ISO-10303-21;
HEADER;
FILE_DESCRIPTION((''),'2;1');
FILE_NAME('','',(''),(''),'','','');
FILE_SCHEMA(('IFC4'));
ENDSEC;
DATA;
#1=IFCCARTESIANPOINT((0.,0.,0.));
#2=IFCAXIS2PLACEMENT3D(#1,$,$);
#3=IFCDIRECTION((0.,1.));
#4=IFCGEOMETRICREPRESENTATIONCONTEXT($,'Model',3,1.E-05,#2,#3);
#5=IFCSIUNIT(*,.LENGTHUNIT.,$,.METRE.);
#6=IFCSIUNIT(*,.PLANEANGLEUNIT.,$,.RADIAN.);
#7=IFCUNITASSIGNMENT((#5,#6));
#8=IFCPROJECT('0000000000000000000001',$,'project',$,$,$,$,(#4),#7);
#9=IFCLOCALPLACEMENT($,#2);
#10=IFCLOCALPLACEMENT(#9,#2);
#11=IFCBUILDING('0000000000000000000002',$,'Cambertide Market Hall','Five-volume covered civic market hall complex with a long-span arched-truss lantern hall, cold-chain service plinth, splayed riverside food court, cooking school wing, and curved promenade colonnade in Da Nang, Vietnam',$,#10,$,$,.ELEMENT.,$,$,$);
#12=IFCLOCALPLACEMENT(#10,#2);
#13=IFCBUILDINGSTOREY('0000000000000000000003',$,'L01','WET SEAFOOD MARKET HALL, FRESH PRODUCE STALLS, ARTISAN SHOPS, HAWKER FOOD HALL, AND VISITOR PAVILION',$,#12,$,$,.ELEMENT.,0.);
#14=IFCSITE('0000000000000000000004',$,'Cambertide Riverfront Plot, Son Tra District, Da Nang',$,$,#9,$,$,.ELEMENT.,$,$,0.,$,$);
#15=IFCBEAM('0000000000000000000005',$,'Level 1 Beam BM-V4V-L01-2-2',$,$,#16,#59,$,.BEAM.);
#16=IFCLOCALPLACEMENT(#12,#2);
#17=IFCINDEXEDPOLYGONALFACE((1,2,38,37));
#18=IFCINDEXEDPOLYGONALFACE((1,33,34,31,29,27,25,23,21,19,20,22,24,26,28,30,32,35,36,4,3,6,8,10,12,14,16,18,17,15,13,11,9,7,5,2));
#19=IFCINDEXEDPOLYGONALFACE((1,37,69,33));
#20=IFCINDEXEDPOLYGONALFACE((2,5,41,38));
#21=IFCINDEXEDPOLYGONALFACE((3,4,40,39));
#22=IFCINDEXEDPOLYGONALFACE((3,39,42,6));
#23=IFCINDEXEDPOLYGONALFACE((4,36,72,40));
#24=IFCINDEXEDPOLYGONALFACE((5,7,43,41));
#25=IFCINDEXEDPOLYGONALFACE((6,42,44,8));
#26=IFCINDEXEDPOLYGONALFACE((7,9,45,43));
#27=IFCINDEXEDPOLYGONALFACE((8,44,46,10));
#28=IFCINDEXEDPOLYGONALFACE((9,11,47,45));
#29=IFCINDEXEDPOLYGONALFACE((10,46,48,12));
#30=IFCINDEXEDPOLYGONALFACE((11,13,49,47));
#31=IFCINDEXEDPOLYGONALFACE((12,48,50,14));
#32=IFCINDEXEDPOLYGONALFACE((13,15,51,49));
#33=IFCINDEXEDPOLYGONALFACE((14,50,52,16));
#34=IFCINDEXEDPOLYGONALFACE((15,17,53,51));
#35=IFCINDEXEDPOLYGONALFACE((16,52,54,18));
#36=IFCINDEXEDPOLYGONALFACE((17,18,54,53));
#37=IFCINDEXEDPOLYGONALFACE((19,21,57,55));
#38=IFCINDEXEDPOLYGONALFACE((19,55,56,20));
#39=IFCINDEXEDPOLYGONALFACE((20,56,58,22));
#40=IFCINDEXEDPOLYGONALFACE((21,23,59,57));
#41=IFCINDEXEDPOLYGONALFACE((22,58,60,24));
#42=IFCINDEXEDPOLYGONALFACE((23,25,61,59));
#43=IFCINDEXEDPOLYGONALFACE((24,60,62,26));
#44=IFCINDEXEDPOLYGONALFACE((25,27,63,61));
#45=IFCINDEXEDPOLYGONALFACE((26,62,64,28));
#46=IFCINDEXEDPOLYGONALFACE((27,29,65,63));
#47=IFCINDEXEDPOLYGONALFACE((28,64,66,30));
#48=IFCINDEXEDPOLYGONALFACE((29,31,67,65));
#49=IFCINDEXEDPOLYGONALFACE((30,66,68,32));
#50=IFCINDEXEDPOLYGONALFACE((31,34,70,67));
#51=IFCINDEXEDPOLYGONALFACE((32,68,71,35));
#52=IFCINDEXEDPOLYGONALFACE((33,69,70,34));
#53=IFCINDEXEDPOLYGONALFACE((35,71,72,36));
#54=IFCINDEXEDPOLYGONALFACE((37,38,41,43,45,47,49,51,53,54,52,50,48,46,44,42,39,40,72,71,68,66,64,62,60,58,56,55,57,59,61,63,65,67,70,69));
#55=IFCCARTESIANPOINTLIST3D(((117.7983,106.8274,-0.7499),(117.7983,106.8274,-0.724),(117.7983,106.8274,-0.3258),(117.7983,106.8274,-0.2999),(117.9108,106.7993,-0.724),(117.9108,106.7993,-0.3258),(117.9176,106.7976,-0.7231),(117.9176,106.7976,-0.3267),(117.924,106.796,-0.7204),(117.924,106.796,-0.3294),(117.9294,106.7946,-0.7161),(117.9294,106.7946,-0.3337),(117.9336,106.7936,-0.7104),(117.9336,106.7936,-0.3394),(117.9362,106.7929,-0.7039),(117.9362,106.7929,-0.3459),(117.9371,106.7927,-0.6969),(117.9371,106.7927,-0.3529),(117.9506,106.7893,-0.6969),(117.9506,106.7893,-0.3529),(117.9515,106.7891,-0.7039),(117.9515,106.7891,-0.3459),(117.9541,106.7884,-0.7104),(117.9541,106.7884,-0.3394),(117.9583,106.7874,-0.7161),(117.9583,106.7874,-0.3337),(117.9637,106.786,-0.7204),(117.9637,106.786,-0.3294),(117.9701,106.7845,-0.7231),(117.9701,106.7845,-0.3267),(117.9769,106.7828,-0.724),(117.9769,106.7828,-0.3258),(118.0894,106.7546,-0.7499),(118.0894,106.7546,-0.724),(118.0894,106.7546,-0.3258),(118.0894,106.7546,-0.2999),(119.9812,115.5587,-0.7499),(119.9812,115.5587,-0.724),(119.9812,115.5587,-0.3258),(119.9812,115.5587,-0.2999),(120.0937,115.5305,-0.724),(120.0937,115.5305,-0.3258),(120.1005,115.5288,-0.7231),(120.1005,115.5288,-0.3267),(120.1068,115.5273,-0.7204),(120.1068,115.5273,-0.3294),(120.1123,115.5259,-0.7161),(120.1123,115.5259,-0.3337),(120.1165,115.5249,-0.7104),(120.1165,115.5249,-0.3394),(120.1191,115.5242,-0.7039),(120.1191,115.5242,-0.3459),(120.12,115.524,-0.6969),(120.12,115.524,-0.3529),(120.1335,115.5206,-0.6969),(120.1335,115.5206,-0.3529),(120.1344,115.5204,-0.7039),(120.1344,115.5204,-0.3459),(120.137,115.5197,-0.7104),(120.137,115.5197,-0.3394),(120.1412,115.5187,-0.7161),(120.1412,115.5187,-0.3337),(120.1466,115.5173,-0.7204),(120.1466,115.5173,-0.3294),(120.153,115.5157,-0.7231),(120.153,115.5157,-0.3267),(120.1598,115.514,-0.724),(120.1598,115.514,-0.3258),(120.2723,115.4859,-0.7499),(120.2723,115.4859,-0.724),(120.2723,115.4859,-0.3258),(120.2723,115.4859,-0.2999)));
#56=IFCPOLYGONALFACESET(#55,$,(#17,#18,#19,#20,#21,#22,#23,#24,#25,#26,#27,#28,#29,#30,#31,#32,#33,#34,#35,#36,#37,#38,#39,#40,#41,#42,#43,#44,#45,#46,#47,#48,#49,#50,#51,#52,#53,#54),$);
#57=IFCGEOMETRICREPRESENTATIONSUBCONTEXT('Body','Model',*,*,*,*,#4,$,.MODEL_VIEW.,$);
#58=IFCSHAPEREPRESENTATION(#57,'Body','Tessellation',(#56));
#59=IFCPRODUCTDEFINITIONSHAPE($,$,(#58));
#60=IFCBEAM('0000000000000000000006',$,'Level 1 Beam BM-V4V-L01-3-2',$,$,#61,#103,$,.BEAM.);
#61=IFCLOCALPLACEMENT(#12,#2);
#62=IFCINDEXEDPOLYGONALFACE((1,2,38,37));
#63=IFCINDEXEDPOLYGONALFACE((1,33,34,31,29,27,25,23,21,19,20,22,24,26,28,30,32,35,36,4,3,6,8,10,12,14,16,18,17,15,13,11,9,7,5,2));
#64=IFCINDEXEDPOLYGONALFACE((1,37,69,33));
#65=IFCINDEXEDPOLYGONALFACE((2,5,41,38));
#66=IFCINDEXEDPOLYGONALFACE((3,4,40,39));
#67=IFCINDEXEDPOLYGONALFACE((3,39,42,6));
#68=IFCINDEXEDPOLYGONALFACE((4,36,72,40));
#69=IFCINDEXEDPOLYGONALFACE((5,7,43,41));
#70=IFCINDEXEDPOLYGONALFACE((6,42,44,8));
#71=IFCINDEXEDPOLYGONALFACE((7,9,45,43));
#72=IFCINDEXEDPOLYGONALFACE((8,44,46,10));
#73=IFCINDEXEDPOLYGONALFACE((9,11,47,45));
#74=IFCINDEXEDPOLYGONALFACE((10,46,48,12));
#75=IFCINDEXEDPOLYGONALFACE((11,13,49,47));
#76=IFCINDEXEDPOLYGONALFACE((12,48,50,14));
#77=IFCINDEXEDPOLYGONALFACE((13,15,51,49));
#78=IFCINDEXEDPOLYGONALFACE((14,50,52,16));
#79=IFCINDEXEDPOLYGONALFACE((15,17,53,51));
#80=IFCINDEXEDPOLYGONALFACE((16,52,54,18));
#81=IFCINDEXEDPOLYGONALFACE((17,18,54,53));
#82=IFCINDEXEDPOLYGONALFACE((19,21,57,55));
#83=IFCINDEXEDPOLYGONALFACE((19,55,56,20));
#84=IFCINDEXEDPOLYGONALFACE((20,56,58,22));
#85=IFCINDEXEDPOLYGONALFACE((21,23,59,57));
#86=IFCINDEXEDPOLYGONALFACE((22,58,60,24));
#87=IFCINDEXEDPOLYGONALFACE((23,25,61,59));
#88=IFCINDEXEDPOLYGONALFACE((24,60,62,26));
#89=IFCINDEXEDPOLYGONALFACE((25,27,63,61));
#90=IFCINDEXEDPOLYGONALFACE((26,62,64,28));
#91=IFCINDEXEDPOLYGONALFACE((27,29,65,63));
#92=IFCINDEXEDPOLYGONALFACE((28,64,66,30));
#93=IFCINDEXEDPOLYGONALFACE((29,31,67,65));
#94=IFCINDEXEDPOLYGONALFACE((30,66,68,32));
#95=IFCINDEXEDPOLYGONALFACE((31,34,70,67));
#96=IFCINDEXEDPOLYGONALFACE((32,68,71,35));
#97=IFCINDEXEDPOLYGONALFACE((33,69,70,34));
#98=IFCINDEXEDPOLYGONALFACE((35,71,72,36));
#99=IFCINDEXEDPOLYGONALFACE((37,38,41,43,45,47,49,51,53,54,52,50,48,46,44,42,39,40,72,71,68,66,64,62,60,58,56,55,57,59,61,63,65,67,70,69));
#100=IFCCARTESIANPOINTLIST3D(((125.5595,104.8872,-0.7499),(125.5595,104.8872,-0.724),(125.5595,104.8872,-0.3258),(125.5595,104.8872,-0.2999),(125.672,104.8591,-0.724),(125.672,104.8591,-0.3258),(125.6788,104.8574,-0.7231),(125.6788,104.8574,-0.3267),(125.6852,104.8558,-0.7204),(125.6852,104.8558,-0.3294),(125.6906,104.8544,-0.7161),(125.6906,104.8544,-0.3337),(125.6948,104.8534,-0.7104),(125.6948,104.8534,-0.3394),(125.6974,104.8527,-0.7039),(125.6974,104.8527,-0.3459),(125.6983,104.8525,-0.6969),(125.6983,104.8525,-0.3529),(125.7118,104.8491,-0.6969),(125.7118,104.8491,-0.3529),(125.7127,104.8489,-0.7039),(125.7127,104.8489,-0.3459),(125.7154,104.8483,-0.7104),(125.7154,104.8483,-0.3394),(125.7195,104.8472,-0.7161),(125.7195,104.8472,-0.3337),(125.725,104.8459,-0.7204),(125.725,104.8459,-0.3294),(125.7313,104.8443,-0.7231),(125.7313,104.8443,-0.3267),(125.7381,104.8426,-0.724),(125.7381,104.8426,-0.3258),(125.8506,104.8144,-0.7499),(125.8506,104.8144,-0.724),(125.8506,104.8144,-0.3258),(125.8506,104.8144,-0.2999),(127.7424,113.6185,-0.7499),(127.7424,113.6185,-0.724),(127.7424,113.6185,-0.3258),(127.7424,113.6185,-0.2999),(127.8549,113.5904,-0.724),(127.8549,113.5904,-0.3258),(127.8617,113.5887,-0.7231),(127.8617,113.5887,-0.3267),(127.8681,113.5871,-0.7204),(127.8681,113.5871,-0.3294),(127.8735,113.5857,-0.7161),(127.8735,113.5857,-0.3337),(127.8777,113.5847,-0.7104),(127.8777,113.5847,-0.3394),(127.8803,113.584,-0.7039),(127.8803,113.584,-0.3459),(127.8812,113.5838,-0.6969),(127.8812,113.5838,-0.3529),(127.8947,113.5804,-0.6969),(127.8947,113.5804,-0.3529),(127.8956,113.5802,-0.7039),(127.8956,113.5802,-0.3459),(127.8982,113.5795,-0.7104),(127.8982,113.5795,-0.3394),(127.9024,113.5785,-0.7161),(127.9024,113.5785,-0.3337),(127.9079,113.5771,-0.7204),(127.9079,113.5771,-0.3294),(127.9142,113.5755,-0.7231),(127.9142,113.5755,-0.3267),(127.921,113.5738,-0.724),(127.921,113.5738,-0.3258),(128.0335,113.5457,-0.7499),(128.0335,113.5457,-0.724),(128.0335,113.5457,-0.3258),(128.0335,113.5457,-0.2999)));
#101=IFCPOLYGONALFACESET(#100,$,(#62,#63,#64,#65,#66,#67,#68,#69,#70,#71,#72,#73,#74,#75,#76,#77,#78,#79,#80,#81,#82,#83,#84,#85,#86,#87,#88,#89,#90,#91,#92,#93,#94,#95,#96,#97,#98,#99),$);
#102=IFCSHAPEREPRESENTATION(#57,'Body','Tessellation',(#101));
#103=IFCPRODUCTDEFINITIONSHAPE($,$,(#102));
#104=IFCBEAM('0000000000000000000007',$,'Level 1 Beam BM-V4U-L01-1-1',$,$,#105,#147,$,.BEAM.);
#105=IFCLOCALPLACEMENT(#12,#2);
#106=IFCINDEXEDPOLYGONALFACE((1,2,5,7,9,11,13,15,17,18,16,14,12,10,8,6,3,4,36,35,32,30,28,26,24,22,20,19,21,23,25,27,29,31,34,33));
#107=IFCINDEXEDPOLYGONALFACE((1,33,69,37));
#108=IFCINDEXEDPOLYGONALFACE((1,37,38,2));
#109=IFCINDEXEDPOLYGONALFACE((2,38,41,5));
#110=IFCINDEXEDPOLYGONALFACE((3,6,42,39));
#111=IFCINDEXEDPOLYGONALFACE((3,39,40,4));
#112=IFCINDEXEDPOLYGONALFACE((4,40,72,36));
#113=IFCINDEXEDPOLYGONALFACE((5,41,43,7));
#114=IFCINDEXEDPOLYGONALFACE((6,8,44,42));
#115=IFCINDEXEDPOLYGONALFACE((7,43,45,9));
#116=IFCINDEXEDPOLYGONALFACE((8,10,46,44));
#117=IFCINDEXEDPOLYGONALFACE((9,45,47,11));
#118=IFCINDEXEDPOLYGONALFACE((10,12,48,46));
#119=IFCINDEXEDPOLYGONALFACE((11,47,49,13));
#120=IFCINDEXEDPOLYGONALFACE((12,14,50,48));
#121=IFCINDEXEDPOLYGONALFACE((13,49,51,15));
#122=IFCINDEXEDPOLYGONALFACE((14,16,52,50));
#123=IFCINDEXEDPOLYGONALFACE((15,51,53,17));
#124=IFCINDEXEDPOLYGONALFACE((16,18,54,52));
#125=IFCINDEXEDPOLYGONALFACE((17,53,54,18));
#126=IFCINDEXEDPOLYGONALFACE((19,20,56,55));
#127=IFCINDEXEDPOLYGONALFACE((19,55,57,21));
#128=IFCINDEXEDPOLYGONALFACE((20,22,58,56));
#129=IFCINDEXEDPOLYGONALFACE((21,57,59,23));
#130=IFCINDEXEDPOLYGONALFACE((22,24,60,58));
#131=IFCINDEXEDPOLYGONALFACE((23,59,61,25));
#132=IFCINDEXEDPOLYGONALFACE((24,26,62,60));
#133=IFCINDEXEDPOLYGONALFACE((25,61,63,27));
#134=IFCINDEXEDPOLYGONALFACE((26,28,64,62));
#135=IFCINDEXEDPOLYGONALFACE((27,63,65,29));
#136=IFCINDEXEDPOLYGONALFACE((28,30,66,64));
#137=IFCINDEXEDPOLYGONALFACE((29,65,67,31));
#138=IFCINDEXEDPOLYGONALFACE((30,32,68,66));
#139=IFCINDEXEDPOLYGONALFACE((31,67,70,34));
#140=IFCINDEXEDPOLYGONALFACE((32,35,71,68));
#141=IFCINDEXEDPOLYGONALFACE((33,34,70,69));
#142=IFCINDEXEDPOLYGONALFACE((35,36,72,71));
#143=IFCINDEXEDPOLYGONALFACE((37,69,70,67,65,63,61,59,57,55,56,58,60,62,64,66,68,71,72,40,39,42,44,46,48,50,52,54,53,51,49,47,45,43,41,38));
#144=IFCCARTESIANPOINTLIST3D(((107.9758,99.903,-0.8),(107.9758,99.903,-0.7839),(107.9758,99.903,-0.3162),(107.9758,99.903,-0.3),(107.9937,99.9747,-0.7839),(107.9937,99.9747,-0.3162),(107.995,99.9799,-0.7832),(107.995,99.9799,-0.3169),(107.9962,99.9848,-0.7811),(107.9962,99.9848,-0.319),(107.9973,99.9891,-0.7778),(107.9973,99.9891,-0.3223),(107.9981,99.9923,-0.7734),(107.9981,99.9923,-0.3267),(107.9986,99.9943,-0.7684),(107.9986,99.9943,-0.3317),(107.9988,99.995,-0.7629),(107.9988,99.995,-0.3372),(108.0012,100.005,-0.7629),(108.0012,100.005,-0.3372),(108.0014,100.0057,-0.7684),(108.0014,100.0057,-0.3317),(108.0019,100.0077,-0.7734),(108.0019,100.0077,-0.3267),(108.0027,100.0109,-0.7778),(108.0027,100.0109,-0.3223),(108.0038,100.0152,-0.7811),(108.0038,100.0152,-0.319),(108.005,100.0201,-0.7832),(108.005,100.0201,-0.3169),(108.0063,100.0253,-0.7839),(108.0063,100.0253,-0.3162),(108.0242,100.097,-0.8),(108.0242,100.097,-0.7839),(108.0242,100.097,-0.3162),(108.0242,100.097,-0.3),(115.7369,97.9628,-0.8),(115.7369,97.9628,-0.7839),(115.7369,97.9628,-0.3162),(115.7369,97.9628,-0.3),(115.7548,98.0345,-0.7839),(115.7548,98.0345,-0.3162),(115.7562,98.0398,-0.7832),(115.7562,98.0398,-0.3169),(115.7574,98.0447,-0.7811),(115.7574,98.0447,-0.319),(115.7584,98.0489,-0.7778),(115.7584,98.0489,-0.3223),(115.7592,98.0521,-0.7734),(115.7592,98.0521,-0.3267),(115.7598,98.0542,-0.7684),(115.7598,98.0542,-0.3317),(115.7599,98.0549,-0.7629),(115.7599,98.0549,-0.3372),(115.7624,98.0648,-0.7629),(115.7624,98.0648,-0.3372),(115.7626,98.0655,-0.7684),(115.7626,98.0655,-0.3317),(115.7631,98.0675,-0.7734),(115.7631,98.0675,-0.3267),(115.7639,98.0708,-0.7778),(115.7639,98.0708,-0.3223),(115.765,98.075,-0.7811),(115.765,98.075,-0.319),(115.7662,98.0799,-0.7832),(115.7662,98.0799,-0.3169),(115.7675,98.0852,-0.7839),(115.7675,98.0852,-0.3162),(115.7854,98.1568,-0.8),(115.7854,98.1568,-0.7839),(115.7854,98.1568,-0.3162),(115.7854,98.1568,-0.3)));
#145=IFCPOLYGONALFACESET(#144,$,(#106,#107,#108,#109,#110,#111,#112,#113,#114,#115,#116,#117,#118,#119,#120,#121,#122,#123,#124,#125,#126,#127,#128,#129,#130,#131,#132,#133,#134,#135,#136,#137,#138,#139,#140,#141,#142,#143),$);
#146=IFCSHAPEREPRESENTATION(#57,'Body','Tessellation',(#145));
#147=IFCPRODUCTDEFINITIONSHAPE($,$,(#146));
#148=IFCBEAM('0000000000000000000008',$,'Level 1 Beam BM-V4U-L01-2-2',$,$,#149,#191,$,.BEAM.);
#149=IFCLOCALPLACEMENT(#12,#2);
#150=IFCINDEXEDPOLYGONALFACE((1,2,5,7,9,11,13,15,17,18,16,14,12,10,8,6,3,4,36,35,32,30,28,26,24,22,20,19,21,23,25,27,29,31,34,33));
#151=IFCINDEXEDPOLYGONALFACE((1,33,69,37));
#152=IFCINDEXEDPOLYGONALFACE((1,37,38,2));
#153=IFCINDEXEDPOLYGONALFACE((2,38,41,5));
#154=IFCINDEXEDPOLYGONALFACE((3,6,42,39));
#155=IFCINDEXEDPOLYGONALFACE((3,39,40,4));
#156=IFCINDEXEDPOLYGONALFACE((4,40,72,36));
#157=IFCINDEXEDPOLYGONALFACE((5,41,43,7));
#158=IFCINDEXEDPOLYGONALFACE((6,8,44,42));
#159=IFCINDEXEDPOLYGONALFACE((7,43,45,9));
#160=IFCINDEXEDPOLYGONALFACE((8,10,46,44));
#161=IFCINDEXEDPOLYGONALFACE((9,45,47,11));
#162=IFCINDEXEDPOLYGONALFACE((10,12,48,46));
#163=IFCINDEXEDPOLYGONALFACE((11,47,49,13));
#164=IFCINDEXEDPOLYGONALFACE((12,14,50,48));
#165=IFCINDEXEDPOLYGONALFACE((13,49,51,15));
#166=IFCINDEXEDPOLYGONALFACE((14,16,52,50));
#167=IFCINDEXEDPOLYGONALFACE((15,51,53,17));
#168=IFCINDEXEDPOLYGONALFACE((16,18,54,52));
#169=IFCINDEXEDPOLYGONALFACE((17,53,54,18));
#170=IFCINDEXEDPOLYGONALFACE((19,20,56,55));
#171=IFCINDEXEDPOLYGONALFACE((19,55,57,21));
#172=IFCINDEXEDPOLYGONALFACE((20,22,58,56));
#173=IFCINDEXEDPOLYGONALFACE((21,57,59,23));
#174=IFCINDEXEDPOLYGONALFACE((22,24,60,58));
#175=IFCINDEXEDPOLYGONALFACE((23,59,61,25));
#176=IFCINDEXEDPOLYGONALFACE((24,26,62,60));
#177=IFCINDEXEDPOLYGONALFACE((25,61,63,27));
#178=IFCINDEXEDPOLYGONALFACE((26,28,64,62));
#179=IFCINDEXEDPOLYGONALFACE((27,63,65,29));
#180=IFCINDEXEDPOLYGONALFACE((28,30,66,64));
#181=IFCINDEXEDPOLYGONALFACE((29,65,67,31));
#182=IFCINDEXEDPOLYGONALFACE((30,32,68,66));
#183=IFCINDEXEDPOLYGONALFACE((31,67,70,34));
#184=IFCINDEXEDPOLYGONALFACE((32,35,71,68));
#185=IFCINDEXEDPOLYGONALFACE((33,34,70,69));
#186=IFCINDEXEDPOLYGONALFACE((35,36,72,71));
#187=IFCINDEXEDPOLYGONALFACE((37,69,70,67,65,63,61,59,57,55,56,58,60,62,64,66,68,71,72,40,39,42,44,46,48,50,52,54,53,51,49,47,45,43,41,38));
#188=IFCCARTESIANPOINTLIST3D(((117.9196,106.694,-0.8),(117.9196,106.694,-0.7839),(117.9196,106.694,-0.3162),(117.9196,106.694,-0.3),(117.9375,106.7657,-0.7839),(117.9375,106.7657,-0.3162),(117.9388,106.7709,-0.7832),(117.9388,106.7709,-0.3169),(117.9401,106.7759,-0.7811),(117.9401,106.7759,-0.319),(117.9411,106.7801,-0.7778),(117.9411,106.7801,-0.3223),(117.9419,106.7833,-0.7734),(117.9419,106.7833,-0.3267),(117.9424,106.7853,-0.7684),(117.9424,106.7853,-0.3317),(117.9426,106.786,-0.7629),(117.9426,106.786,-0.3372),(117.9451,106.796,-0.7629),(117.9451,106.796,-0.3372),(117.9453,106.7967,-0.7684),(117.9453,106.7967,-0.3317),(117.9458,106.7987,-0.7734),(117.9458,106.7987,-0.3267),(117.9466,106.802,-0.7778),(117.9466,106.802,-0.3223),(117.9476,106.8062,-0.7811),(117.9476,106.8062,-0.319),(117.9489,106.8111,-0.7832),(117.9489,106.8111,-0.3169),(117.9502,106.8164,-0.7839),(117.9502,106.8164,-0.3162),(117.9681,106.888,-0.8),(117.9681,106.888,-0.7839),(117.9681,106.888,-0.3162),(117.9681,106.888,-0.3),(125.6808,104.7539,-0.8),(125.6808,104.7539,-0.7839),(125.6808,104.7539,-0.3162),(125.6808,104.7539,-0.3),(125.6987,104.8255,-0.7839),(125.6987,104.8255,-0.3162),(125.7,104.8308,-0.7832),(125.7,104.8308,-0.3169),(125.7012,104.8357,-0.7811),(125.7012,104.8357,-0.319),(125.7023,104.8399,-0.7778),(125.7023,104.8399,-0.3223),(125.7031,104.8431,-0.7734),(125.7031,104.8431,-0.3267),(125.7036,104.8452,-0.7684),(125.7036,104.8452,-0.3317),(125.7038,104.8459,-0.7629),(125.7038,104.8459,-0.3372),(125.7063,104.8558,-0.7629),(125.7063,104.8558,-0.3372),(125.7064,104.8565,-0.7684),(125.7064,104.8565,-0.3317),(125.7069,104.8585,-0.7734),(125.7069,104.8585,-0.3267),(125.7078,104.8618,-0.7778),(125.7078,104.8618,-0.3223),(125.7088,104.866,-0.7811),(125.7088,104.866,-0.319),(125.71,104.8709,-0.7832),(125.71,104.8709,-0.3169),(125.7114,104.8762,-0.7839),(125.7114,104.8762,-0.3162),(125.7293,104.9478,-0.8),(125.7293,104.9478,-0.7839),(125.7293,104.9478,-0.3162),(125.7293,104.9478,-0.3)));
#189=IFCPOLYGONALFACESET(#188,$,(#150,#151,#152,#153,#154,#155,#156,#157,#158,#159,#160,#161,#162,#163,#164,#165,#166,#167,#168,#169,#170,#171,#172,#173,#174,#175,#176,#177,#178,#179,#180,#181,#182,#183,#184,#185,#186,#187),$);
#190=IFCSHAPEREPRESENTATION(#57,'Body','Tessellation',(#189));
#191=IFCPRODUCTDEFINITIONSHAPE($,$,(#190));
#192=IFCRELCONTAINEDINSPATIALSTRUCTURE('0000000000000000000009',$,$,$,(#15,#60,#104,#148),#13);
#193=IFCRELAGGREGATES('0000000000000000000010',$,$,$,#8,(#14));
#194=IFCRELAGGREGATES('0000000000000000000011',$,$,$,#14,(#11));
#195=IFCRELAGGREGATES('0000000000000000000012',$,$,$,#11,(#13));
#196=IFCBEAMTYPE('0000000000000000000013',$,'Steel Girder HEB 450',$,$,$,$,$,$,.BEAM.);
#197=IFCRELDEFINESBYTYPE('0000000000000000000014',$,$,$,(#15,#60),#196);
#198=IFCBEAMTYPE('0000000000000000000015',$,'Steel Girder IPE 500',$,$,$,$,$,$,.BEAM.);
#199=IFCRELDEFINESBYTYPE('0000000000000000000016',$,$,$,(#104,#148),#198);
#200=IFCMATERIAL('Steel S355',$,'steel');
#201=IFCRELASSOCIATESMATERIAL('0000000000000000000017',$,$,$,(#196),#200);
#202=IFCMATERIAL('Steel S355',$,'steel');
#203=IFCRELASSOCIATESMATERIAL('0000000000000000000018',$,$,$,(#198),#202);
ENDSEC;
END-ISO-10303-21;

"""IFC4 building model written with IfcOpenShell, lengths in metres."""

from ifc_helpers import new_model, si_unit, direction, frame, origin, origin_2d, place, context, subcontext, project, spatial, i_section, extrude, material, material_profile, profile_set, type_object, element, save


model = new_model("IFC4")

# Units and contexts
model_context = context("Model", 3, precision=1e-05, world=origin(), true_north=direction((0.0, 1.0)))
body_context = subcontext(model_context, "Body", "Model", "MODEL_VIEW")
ifc_project = project(units=[si_unit("LENGTHUNIT", "METRE"), si_unit("PLANEANGLEUNIT", "RADIAN")], contexts=[model_context])

# Site, building, storey
site_placement = place(None, origin())
site = spatial("IfcSite", under=ifc_project, at=site_placement, Name="Cambertide Riverfront Plot, Son Tra District, Da Nang", CompositionType="ELEMENT", RefElevation=0.0)
building_placement = place(site_placement, origin())
building = spatial("IfcBuilding", under=site, at=building_placement, Name="Cambertide Market Hall", Description="Five-volume covered civic market hall complex with a long-span arched-truss lantern hall, cold-chain service plinth, splayed riverside food court, cooking school wing, and curved promenade colonnade in Da Nang, Vietnam", CompositionType="ELEMENT")
storey_placement = place(building_placement, origin())
storey = spatial("IfcBuildingStorey", under=building, at=storey_placement, Name="L01", Description="WET SEAFOOD MARKET HALL, FRESH PRODUCE STALLS, ARTISAN SHOPS, HAWKER FOOD HALL, AND VISITOR PAVILION", CompositionType="ELEMENT", Elevation=0.0)

# Beams
ifc_material_1 = material(Name="Steel S355", Category="steel")
ifc_material_profile_1 = material_profile(ifc_material_1, i_section(OverallWidth=0.3, OverallDepth=0.45, WebThickness=0.0139, FlangeThickness=0.0259, FilletRadius=0.0271, at=origin_2d()), Name="HEB 450")
ifc_profile_set_1 = profile_set([ifc_material_profile_1], Name="Steel S355")
beam_type_1 = type_object("IfcBeamType", Name="Steel Girder HEB 450", PredefinedType="BEAM", material=ifc_profile_set_1)
for number, where, z_axis, x_axis, name in (
    (1, (117.9438, 106.791, -0.5249), (0.242542, 0.970141, 0.0), (-0.970141, 0.242542, 0.0), "Level 1 Beam BM-V4V-L01-2-2"),
    (2, (125.7051, 104.8508, -0.5249), (0.242542, 0.970141, 0.0), (-0.970141, 0.242542, 0.0), "Level 1 Beam BM-V4V-L01-3-2"),
):
    element("IfcBeam", number, at=place(storey_placement, frame(where, z_axis=z_axis, x_axis=x_axis)), inside=storey, type_object=beam_type_1, Name=name, PredefinedType="BEAM", context=body_context, shape_type="SweptSolid", body=[
        extrude(i_section(OverallWidth=0.3, OverallDepth=0.45, WebThickness=0.0139, FlangeThickness=0.0259, FilletRadius=0.0271, at=origin_2d()), origin(), (0.0, 0.0, 1.0), 9.0),
    ])
ifc_material_2 = material(Name="Steel S355", Category="steel")
ifc_material_profile_2 = material_profile(ifc_material_2, i_section(OverallWidth=0.2, OverallDepth=0.5, WebThickness=0.0103, FlangeThickness=0.0161, FilletRadius=0.021, at=origin_2d()), Name="IPE 500")
ifc_profile_set_2 = profile_set([ifc_material_profile_2], Name="Steel S355")
beam_type_2 = type_object("IfcBeamType", Name="Steel Girder IPE 500", PredefinedType="BEAM", material=ifc_profile_set_2)
for number, where, z_axis, x_axis, name in (
    (3, (108.0, 100.0, -0.55), (0.970146, -0.242521, 0.0), (0.242521, 0.970146, 0.0), "Level 1 Beam BM-V4U-L01-1-1"),
    (4, (117.9438, 106.791, -0.55), (0.970146, -0.242521, 0.0), (0.242521, 0.970146, 0.0), "Level 1 Beam BM-V4U-L01-2-2"),
):
    element("IfcBeam", number, at=place(storey_placement, frame(where, z_axis=z_axis, x_axis=x_axis)), inside=storey, type_object=beam_type_2, Name=name, PredefinedType="BEAM", context=body_context, shape_type="SweptSolid", body=[
        extrude(i_section(OverallWidth=0.2, OverallDepth=0.5, WebThickness=0.0103, FlangeThickness=0.0161, FilletRadius=0.021, at=origin_2d()), origin(), (0.0, 0.0, 1.0), 8.0),
    ])

save(model, "model.ifc")
